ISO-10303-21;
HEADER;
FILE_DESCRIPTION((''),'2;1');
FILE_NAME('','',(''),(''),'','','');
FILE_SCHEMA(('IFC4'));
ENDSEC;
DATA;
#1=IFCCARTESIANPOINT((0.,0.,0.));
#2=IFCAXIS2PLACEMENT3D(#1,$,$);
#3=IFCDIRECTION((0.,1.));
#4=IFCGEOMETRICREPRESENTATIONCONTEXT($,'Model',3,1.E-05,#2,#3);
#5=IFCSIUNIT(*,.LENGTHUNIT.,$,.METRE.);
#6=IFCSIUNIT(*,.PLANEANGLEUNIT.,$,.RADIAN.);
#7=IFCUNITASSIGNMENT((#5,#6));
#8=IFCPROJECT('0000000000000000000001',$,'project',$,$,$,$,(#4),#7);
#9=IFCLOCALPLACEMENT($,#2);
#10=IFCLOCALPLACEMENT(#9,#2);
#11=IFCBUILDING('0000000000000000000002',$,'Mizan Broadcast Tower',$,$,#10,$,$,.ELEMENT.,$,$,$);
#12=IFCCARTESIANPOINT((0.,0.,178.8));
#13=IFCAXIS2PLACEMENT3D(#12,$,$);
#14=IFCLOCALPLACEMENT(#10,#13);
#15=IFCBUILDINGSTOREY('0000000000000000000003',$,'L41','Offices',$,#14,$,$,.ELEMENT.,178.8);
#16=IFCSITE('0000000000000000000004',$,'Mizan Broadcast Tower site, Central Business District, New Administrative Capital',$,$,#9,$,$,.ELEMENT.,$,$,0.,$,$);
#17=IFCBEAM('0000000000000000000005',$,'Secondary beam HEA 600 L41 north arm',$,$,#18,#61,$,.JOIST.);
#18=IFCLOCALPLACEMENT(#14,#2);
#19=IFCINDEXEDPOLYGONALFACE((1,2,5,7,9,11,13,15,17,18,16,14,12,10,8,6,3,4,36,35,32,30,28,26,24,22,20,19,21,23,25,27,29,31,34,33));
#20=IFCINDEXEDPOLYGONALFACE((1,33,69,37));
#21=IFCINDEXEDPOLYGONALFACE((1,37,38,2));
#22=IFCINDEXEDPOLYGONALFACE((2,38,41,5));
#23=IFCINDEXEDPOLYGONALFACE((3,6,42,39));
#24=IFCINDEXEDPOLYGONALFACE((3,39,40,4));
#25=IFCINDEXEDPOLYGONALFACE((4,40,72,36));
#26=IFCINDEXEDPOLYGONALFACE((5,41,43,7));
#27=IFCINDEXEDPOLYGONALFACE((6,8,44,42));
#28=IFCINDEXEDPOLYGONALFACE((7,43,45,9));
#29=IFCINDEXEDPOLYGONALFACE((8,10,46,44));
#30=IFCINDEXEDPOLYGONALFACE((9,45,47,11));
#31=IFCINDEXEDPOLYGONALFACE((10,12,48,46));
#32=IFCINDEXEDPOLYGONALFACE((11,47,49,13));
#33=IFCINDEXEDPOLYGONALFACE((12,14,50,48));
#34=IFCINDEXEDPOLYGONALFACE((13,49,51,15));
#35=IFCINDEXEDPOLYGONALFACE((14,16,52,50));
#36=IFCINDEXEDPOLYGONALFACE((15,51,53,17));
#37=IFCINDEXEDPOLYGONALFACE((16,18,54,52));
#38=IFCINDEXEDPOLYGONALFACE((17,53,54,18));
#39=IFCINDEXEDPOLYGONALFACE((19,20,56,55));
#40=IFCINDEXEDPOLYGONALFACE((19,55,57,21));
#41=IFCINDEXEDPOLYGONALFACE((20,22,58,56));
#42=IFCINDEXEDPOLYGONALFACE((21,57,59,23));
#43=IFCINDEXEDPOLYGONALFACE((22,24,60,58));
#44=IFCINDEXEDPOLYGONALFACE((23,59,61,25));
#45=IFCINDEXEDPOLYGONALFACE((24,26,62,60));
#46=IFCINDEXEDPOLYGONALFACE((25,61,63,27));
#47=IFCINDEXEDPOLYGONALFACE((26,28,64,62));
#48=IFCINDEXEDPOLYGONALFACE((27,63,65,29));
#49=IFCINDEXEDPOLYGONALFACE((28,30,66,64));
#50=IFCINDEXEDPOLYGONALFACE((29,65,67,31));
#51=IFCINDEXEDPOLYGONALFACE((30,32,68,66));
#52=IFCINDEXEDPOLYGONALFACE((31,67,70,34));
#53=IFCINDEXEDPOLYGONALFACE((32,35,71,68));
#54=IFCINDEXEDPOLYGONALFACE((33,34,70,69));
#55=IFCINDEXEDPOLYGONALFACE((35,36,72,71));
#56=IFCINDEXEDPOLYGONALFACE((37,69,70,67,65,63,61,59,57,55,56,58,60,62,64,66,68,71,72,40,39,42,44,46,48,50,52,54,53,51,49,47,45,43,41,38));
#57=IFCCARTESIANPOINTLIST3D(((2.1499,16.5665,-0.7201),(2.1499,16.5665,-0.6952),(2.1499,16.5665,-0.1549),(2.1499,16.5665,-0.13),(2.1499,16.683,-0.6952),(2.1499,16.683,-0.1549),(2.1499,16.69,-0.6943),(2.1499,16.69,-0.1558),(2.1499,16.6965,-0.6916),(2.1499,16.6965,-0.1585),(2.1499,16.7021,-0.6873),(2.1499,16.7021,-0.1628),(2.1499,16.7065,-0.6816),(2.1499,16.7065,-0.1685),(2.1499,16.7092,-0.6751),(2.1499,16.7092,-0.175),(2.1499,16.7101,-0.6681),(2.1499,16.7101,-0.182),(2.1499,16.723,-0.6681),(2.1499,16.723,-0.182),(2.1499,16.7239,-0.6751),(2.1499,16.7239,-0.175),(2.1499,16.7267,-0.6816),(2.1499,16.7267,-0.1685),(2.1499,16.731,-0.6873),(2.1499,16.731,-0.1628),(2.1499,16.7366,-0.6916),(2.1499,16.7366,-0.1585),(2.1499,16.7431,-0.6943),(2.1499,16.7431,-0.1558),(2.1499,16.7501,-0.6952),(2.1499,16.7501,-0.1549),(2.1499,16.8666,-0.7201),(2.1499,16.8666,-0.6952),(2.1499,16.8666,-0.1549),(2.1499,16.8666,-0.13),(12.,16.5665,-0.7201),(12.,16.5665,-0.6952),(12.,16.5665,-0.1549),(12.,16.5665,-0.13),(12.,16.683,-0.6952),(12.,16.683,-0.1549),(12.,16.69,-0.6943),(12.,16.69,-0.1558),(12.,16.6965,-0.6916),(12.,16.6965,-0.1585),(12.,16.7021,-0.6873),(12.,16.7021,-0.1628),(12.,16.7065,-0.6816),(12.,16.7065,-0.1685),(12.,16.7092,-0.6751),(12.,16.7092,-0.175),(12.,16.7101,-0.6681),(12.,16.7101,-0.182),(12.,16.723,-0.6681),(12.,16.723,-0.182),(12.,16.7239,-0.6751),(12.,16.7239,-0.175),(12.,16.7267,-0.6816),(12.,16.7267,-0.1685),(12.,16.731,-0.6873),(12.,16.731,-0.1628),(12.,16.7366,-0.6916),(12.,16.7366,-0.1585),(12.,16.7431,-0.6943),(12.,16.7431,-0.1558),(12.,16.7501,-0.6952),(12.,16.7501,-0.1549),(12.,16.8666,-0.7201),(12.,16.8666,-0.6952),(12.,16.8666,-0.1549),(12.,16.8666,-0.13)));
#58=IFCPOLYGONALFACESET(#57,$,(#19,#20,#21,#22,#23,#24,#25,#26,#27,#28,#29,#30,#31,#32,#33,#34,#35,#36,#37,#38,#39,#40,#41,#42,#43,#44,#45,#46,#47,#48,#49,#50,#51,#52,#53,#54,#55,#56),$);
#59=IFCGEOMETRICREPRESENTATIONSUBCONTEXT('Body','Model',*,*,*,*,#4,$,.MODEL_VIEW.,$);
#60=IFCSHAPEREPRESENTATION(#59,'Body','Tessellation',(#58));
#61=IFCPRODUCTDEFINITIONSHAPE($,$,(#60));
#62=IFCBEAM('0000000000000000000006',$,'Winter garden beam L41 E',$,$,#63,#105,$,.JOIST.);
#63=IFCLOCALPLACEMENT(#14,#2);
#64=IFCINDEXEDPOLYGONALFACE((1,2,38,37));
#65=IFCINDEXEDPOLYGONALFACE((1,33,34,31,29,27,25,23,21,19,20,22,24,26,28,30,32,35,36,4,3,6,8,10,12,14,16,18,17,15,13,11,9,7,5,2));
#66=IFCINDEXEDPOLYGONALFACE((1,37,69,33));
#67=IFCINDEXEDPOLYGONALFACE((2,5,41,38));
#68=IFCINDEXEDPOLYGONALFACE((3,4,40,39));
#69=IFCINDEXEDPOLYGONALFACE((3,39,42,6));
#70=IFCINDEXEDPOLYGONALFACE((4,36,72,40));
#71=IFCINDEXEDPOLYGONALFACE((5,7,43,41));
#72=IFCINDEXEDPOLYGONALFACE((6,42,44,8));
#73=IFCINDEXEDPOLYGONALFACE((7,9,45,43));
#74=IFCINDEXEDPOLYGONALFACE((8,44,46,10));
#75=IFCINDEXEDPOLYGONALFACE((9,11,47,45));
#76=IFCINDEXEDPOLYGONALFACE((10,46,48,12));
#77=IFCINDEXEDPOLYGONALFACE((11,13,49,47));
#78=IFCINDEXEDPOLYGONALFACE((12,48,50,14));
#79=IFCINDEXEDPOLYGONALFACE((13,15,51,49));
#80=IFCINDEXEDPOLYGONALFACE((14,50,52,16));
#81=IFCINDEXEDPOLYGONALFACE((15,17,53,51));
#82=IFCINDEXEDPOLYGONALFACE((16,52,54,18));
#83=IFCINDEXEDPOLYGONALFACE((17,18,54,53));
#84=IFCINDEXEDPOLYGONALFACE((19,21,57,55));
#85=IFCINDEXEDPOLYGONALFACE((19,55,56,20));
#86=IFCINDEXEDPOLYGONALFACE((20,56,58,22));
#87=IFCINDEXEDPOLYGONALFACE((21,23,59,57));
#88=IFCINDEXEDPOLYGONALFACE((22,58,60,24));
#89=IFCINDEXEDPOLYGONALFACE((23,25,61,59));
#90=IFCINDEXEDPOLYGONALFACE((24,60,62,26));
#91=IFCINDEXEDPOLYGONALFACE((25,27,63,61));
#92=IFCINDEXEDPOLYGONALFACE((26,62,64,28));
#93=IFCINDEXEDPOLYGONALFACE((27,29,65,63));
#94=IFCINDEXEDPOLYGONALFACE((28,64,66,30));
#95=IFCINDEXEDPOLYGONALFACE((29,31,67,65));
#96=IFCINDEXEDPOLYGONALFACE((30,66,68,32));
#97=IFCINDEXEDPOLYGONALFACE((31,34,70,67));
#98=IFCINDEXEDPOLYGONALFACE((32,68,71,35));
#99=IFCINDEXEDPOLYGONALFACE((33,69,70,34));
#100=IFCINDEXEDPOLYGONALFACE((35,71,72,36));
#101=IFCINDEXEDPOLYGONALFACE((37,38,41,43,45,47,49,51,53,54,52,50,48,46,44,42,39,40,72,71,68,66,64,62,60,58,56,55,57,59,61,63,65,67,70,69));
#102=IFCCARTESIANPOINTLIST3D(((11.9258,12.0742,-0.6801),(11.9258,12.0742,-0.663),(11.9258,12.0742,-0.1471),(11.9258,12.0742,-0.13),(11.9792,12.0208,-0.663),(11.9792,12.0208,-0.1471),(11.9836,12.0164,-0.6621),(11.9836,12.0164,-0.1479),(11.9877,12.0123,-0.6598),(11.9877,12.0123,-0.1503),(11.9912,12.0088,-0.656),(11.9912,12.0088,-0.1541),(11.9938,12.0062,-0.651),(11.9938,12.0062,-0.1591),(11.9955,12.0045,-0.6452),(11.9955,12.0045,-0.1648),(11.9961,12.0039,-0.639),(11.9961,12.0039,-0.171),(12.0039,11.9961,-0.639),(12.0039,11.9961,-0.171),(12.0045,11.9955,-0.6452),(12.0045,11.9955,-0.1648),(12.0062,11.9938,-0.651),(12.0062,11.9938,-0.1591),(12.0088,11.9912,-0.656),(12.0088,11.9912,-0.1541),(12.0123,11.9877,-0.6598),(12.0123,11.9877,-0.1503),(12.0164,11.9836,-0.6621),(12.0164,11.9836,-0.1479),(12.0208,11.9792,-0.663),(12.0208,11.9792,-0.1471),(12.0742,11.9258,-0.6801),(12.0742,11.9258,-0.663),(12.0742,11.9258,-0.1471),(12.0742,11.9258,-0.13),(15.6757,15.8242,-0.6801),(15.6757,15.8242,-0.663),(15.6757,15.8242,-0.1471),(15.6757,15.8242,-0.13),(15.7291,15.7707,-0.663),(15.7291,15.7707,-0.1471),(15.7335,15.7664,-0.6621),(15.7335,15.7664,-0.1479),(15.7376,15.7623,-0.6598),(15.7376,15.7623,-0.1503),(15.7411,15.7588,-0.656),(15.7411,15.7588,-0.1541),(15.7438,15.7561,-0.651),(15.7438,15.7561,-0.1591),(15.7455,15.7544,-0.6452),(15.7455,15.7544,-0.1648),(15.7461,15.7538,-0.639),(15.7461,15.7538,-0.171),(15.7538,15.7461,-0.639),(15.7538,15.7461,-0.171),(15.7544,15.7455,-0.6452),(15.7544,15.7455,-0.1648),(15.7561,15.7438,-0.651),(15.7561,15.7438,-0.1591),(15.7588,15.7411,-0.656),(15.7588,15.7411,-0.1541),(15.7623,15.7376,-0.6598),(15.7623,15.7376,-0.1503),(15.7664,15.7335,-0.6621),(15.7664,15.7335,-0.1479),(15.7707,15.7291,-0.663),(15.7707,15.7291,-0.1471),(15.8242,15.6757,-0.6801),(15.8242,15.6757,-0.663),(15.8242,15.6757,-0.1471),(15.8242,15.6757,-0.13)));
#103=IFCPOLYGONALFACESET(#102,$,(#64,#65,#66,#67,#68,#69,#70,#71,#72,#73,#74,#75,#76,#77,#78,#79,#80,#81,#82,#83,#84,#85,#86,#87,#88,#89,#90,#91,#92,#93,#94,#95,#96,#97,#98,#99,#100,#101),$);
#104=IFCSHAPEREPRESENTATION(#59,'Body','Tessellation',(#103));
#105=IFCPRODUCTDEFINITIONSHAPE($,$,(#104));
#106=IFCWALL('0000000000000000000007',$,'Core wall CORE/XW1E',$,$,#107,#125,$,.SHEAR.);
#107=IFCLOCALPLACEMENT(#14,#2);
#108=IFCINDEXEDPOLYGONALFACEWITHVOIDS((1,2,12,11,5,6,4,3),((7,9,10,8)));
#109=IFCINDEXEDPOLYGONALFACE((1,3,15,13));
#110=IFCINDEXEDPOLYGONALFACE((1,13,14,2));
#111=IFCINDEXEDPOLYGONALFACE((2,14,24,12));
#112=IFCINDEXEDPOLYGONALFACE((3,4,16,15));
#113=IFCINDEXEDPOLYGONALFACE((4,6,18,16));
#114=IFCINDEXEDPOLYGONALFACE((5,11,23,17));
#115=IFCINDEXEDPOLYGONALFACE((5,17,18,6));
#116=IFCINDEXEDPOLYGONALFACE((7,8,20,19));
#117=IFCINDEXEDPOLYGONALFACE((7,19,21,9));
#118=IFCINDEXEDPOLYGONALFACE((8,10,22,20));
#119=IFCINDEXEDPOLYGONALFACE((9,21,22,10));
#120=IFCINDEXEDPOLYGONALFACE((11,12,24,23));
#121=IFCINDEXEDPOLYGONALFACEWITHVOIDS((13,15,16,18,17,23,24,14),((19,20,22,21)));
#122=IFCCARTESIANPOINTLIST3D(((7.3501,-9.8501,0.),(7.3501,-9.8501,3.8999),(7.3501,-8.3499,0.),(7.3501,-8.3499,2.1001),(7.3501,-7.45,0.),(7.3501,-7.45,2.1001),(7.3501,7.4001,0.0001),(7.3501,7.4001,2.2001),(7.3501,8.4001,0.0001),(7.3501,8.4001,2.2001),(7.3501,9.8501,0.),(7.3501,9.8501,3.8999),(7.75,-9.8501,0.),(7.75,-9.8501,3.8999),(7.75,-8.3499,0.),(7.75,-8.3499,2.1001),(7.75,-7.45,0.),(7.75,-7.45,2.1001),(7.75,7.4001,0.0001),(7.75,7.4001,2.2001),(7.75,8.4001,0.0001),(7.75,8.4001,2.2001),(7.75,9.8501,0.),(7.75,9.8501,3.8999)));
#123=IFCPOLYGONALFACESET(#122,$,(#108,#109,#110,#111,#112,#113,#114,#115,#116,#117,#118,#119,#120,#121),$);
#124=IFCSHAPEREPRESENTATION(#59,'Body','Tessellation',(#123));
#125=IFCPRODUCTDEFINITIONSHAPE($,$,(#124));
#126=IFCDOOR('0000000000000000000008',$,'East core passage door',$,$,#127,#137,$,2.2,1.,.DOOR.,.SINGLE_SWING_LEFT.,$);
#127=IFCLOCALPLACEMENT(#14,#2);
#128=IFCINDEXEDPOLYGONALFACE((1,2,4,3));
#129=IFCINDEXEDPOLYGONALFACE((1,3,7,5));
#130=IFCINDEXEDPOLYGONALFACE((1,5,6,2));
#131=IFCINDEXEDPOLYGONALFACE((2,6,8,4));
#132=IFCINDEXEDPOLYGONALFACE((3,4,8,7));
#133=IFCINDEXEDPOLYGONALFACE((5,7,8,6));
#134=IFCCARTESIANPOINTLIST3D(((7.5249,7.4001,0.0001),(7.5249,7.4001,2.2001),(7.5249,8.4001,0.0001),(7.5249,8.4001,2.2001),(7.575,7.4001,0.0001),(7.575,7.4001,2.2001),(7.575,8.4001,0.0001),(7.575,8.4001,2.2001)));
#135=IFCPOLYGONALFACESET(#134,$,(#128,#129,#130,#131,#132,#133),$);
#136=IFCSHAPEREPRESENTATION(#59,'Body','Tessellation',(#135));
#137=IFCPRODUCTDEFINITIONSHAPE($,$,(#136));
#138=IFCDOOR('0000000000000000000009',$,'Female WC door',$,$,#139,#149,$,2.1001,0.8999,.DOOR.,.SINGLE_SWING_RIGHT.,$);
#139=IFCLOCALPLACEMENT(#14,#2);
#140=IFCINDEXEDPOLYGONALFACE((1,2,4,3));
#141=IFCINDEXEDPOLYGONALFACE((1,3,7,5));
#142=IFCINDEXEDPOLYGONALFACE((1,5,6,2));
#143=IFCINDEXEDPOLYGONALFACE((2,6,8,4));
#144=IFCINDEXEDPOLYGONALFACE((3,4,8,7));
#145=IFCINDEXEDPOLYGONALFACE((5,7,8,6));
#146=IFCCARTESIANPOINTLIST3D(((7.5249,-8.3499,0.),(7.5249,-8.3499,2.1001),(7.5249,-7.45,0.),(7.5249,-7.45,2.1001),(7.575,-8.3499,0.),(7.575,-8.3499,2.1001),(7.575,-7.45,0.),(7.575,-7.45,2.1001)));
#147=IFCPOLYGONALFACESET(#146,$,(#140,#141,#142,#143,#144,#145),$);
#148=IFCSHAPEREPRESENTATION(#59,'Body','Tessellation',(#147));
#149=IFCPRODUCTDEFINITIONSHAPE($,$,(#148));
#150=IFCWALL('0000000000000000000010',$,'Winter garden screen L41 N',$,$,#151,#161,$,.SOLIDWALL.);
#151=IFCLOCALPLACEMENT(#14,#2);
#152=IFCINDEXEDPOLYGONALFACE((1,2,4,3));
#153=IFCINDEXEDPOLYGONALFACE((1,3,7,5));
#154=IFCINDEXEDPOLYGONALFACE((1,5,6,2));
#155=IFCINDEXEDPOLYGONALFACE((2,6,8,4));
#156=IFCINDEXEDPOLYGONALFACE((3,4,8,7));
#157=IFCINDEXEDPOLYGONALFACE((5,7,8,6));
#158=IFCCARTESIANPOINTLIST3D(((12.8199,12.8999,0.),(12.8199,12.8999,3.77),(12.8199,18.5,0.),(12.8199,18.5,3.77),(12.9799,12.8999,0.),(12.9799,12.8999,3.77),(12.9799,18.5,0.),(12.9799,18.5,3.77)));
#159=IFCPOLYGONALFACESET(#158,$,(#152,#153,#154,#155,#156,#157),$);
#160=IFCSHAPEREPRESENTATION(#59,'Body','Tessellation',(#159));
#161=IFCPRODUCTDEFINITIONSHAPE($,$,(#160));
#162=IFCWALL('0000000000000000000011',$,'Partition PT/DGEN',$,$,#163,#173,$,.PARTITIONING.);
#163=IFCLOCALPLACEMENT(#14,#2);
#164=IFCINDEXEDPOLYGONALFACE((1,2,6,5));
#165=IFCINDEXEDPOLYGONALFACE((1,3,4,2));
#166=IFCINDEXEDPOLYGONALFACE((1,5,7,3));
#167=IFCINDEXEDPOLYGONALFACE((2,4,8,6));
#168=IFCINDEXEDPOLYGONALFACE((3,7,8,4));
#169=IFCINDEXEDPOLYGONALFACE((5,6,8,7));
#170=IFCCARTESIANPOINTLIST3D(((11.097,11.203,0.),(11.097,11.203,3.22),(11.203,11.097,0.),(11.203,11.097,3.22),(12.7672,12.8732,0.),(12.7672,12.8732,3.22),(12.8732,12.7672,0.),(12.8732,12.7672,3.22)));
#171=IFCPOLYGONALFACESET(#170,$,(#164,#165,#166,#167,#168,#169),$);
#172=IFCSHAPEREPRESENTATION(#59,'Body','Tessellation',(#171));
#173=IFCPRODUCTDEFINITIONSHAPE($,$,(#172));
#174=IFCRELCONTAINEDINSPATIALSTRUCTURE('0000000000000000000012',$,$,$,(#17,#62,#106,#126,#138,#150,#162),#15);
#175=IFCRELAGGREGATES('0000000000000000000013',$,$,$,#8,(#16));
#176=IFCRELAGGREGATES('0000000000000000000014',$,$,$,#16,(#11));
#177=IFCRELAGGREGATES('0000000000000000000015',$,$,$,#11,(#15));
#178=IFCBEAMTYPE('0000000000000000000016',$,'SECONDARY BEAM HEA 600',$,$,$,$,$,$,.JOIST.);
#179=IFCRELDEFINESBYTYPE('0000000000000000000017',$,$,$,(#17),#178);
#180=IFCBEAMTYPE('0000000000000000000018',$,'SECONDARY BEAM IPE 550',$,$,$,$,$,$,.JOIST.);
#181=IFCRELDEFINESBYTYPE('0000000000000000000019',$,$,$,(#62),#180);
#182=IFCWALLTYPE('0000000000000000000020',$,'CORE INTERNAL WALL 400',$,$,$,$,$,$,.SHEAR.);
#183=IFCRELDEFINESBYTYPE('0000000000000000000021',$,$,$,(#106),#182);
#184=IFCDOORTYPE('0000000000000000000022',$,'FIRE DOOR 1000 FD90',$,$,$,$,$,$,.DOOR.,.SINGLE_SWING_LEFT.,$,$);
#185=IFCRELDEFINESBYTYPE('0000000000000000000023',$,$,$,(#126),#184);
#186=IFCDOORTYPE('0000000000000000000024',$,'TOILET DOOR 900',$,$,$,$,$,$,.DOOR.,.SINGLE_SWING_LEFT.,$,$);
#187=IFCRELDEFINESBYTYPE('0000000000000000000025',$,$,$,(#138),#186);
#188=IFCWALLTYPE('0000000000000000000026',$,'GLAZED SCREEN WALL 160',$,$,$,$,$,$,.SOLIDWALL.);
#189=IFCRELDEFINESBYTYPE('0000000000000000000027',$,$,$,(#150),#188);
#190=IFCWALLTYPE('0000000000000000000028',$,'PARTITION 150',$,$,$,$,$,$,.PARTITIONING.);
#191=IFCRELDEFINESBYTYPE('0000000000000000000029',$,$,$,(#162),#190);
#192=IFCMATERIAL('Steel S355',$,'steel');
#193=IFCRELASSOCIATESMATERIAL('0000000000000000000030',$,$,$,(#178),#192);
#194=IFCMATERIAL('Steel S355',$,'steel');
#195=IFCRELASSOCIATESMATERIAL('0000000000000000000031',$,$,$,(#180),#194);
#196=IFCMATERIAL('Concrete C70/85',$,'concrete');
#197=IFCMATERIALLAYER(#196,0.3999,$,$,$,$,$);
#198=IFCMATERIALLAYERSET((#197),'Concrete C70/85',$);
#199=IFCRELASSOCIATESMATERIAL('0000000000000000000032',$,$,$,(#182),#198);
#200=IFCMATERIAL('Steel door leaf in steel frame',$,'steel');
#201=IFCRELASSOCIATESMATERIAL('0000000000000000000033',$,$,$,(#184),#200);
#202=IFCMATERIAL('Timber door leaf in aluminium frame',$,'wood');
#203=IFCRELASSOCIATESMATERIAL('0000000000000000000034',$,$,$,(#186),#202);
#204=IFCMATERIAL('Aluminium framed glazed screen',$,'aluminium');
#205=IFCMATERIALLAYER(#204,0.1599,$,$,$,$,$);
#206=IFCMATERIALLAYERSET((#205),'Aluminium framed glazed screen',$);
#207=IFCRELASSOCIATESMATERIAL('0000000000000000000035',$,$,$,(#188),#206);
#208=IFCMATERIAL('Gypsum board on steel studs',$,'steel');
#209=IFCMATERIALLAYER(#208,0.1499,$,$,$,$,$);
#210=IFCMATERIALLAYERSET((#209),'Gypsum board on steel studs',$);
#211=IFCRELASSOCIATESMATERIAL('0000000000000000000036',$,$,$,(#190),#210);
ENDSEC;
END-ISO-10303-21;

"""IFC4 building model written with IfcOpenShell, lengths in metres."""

from ifc_helpers import new_model, si_unit, direction, frame, frame_2d, origin, origin_2d, place, context, subcontext, project, spatial, rectangle, i_section, extrude, material, layer, layer_set, material_profile, profile_set, type_object, element, fill, save


model = new_model("IFC4")

# Units and contexts
model_context = context("Model", 3, precision=1e-05, world=origin(), true_north=direction((0.0, 1.0)))
body_context = subcontext(model_context, "Body", "Model", "MODEL_VIEW")
ifc_project = project(units=[si_unit("LENGTHUNIT", "METRE"), si_unit("PLANEANGLEUNIT", "RADIAN")], contexts=[model_context])

# Site, building, storey
site_placement = place(None, origin())
site = spatial("IfcSite", under=ifc_project, at=site_placement, Name="Mizan Broadcast Tower site, Central Business District, New Administrative Capital", CompositionType="ELEMENT", RefElevation=0.0)
building_placement = place(site_placement, origin())
building = spatial("IfcBuilding", under=site, at=building_placement, Name="Mizan Broadcast Tower", CompositionType="ELEMENT")
storey_placement = place(building_placement, frame((0.0, 0.0, 178.8)))
storey = spatial("IfcBuildingStorey", under=building, at=storey_placement, Name="L41", Description="Offices", CompositionType="ELEMENT", Elevation=178.8)

# Beams
ifc_material_1 = material(Name="Steel S355", Category="steel")
ifc_material_profile_1 = material_profile(ifc_material_1, i_section(OverallWidth=0.3, OverallDepth=0.5901, WebThickness=0.0129, FlangeThickness=0.0249, FilletRadius=0.0271, at=origin_2d()), Name="HEA 600")
ifc_profile_set_1 = profile_set([ifc_material_profile_1], Name="Steel S355")
beam_type_1 = type_object("IfcBeamType", Name="SECONDARY BEAM HEA 600", PredefinedType="JOIST", material=ifc_profile_set_1)
for number, where, z_axis, x_axis, name in (
    (1, (12.0, 16.7166, -0.425), (-1.0, 0.0, 0.0), (0.0, -1.0, 0.0), "Secondary beam HEA 600 L41 north arm"),
):
    element("IfcBeam", number, at=place(storey_placement, frame(where, z_axis=z_axis, x_axis=x_axis)), inside=storey, type_object=beam_type_1, Name=name, PredefinedType="JOIST", context=body_context, shape_type="SweptSolid", body=[
        extrude(i_section(OverallWidth=0.3, OverallDepth=0.5901, WebThickness=0.0129, FlangeThickness=0.0249, FilletRadius=0.0271, at=origin_2d()), origin(), (0.0, 0.0, 1.0), 9.8501),
    ])
ifc_material_2 = material(Name="Steel S355", Category="steel")
ifc_material_profile_2 = material_profile(ifc_material_2, i_section(OverallWidth=0.21, OverallDepth=0.55, WebThickness=0.011, FlangeThickness=0.0171, FilletRadius=0.0239, at=origin_2d()), Name="IPE 550")
ifc_profile_set_2 = profile_set([ifc_material_profile_2], Name="Steel S355")
beam_type_2 = type_object("IfcBeamType", Name="SECONDARY BEAM IPE 550", PredefinedType="JOIST", material=ifc_profile_set_2)
beam_1_placement = place(storey_placement, frame((12.0, 12.0, -0.405), z_axis=(0.707107, 0.707107, 0.0), x_axis=(-0.707107, 0.707107, 0.0)))
element("IfcBeam", 2, at=beam_1_placement, inside=storey, type_object=beam_type_2, Name="Winter garden beam L41 E", PredefinedType="JOIST", context=body_context, shape_type="SweptSolid", body=[
    extrude(i_section(OverallWidth=0.21, OverallDepth=0.55, WebThickness=0.011, FlangeThickness=0.0171, FilletRadius=0.0239, at=origin_2d()), origin(), (0.0, 0.0, 1.0), 5.3032),
])

# Wall, openings, doors
ifc_material_3 = material(Name="Concrete C70/85", Category="concrete")
ifc_layer_1 = layer(ifc_material_3, 0.3999)
ifc_layer_set_1 = layer_set([ifc_layer_1], Name="Concrete C70/85")
wall_type_1 = type_object("IfcWallType", Name="CORE INTERNAL WALL 400", PredefinedType="SHEAR", material=ifc_layer_set_1)
wall_1_placement = place(storey_placement, frame((7.55, 9.8501, 0.0), z_axis=(0.0, 0.0, 1.0), x_axis=(0.0, -1.0, 0.0)))
wall_1 = element("IfcWall", 3, at=wall_1_placement, inside=storey, type_object=wall_type_1, Name="Core wall CORE/XW1E", PredefinedType="SHEAR", context=body_context, shape_type="SweptSolid", body=[
    extrude(rectangle(XDim=19.7002, YDim=0.3999, at=frame_2d((9.8501, 0.0))), origin(), (0.0, 0.0, 1.0), 3.8999),
])
opening_1_placement = place(wall_1_placement, frame((1.45, 0.0, 0.0)))
opening_1 = element("IfcOpeningElement", 4, at=opening_1_placement, cuts=wall_1, PredefinedType="OPENING", context=body_context, shape_type="SweptSolid", body=[
    extrude(rectangle(XDim=1.0, YDim=2.2, at=frame_2d((0.5, 1.1001))), frame((0.0, 0.21, 0.0), z_axis=(0.0, -1.0, 0.0), x_axis=(1.0, 0.0, 0.0)), (0.0, 0.0, 1.0), 0.4199),
])
opening_2_placement = place(wall_1_placement, frame((17.3, 0.0, 0.0)))
opening_2 = element("IfcOpeningElement", 5, at=opening_2_placement, cuts=wall_1, PredefinedType="OPENING", context=body_context, shape_type="SweptSolid", body=[
    extrude(rectangle(XDim=0.8999, YDim=2.1001, at=frame_2d((0.45, 1.05))), frame((0.0, 0.21, 0.0), z_axis=(0.0, -1.0, 0.0), x_axis=(1.0, 0.0, 0.0)), (0.0, 0.0, 1.0), 0.4199),
])
ifc_material_4 = material(Name="Steel door leaf in steel frame", Category="steel")
door_type_1 = type_object("IfcDoorType", Name="FIRE DOOR 1000 FD90", OperationType="SINGLE_SWING_LEFT", PredefinedType="DOOR", material=ifc_material_4)
door_1_placement = place(opening_1_placement, origin())
door_1 = element("IfcDoor", 6, at=door_1_placement, inside=storey, type_object=door_type_1, Name="East core passage door", OperationType="SINGLE_SWING_LEFT", OverallHeight=2.2, OverallWidth=1.0, PredefinedType="DOOR", context=body_context, shape_type="SweptSolid", body=[
    extrude(rectangle(XDim=1.0, YDim=2.2, at=frame_2d((0.5, 1.1001))), frame((0.0, 0.0249, 0.0), z_axis=(0.0, -1.0, 0.0), x_axis=(1.0, 0.0, 0.0)), (0.0, 0.0, 1.0), 0.05),
])
fill(opening_1, door_1)
ifc_material_5 = material(Name="Timber door leaf in aluminium frame", Category="wood")
door_type_2 = type_object("IfcDoorType", Name="TOILET DOOR 900", OperationType="SINGLE_SWING_LEFT", PredefinedType="DOOR", material=ifc_material_5)
door_2_placement = place(opening_2_placement, origin())
door_2 = element("IfcDoor", 7, at=door_2_placement, inside=storey, type_object=door_type_2, Name="Female WC door", OperationType="SINGLE_SWING_RIGHT", OverallHeight=2.1001, OverallWidth=0.8999, PredefinedType="DOOR", context=body_context, shape_type="SweptSolid", body=[
    extrude(rectangle(XDim=0.8999, YDim=2.1001, at=frame_2d((0.45, 1.05))), frame((0.0, 0.0249, 0.0), z_axis=(0.0, -1.0, 0.0), x_axis=(1.0, 0.0, 0.0)), (0.0, 0.0, 1.0), 0.05),
])
fill(opening_2, door_2)

# Walls
ifc_material_6 = material(Name="Aluminium framed glazed screen", Category="aluminium")
ifc_layer_2 = layer(ifc_material_6, 0.1599)
ifc_layer_set_2 = layer_set([ifc_layer_2], Name="Aluminium framed glazed screen")
wall_type_2 = type_object("IfcWallType", Name="GLAZED SCREEN WALL 160", PredefinedType="SOLIDWALL", material=ifc_layer_set_2)
wall_2_placement = place(storey_placement, frame((12.8999, 12.8999, 0.0), z_axis=(0.0, 0.0, 1.0), x_axis=(0.0, 1.0, 0.0)))
element("IfcWall", 8, at=wall_2_placement, inside=storey, type_object=wall_type_2, Name="Winter garden screen L41 N", PredefinedType="SOLIDWALL", context=body_context, shape_type="SweptSolid", body=[
    extrude(rectangle(XDim=5.6001, YDim=0.1599, at=frame_2d((2.8, 0.0))), origin(), (0.0, 0.0, 1.0), 3.77),
])
ifc_material_7 = material(Name="Gypsum board on steel studs", Category="steel")
ifc_layer_3 = layer(ifc_material_7, 0.1499)
ifc_layer_set_3 = layer_set([ifc_layer_3], Name="Gypsum board on steel studs")
wall_type_3 = type_object("IfcWallType", Name="PARTITION 150", PredefinedType="PARTITIONING", material=ifc_layer_set_3)
wall_3_placement = place(storey_placement, frame((11.1499, 11.1499, 0.0), z_axis=(0.0, 0.0, 1.0), x_axis=(0.707107, 0.707107, 0.0)))
element("IfcWall", 9, at=wall_3_placement, inside=storey, type_object=wall_type_3, Name="Partition PT/DGEN", PredefinedType="PARTITIONING", context=body_context, shape_type="SweptSolid", body=[
    extrude(rectangle(XDim=2.3621, YDim=0.1499, at=frame_2d((1.1812, 0.0))), origin(), (0.0, 0.0, 1.0), 3.22),
])

save(model, "model.ifc")
